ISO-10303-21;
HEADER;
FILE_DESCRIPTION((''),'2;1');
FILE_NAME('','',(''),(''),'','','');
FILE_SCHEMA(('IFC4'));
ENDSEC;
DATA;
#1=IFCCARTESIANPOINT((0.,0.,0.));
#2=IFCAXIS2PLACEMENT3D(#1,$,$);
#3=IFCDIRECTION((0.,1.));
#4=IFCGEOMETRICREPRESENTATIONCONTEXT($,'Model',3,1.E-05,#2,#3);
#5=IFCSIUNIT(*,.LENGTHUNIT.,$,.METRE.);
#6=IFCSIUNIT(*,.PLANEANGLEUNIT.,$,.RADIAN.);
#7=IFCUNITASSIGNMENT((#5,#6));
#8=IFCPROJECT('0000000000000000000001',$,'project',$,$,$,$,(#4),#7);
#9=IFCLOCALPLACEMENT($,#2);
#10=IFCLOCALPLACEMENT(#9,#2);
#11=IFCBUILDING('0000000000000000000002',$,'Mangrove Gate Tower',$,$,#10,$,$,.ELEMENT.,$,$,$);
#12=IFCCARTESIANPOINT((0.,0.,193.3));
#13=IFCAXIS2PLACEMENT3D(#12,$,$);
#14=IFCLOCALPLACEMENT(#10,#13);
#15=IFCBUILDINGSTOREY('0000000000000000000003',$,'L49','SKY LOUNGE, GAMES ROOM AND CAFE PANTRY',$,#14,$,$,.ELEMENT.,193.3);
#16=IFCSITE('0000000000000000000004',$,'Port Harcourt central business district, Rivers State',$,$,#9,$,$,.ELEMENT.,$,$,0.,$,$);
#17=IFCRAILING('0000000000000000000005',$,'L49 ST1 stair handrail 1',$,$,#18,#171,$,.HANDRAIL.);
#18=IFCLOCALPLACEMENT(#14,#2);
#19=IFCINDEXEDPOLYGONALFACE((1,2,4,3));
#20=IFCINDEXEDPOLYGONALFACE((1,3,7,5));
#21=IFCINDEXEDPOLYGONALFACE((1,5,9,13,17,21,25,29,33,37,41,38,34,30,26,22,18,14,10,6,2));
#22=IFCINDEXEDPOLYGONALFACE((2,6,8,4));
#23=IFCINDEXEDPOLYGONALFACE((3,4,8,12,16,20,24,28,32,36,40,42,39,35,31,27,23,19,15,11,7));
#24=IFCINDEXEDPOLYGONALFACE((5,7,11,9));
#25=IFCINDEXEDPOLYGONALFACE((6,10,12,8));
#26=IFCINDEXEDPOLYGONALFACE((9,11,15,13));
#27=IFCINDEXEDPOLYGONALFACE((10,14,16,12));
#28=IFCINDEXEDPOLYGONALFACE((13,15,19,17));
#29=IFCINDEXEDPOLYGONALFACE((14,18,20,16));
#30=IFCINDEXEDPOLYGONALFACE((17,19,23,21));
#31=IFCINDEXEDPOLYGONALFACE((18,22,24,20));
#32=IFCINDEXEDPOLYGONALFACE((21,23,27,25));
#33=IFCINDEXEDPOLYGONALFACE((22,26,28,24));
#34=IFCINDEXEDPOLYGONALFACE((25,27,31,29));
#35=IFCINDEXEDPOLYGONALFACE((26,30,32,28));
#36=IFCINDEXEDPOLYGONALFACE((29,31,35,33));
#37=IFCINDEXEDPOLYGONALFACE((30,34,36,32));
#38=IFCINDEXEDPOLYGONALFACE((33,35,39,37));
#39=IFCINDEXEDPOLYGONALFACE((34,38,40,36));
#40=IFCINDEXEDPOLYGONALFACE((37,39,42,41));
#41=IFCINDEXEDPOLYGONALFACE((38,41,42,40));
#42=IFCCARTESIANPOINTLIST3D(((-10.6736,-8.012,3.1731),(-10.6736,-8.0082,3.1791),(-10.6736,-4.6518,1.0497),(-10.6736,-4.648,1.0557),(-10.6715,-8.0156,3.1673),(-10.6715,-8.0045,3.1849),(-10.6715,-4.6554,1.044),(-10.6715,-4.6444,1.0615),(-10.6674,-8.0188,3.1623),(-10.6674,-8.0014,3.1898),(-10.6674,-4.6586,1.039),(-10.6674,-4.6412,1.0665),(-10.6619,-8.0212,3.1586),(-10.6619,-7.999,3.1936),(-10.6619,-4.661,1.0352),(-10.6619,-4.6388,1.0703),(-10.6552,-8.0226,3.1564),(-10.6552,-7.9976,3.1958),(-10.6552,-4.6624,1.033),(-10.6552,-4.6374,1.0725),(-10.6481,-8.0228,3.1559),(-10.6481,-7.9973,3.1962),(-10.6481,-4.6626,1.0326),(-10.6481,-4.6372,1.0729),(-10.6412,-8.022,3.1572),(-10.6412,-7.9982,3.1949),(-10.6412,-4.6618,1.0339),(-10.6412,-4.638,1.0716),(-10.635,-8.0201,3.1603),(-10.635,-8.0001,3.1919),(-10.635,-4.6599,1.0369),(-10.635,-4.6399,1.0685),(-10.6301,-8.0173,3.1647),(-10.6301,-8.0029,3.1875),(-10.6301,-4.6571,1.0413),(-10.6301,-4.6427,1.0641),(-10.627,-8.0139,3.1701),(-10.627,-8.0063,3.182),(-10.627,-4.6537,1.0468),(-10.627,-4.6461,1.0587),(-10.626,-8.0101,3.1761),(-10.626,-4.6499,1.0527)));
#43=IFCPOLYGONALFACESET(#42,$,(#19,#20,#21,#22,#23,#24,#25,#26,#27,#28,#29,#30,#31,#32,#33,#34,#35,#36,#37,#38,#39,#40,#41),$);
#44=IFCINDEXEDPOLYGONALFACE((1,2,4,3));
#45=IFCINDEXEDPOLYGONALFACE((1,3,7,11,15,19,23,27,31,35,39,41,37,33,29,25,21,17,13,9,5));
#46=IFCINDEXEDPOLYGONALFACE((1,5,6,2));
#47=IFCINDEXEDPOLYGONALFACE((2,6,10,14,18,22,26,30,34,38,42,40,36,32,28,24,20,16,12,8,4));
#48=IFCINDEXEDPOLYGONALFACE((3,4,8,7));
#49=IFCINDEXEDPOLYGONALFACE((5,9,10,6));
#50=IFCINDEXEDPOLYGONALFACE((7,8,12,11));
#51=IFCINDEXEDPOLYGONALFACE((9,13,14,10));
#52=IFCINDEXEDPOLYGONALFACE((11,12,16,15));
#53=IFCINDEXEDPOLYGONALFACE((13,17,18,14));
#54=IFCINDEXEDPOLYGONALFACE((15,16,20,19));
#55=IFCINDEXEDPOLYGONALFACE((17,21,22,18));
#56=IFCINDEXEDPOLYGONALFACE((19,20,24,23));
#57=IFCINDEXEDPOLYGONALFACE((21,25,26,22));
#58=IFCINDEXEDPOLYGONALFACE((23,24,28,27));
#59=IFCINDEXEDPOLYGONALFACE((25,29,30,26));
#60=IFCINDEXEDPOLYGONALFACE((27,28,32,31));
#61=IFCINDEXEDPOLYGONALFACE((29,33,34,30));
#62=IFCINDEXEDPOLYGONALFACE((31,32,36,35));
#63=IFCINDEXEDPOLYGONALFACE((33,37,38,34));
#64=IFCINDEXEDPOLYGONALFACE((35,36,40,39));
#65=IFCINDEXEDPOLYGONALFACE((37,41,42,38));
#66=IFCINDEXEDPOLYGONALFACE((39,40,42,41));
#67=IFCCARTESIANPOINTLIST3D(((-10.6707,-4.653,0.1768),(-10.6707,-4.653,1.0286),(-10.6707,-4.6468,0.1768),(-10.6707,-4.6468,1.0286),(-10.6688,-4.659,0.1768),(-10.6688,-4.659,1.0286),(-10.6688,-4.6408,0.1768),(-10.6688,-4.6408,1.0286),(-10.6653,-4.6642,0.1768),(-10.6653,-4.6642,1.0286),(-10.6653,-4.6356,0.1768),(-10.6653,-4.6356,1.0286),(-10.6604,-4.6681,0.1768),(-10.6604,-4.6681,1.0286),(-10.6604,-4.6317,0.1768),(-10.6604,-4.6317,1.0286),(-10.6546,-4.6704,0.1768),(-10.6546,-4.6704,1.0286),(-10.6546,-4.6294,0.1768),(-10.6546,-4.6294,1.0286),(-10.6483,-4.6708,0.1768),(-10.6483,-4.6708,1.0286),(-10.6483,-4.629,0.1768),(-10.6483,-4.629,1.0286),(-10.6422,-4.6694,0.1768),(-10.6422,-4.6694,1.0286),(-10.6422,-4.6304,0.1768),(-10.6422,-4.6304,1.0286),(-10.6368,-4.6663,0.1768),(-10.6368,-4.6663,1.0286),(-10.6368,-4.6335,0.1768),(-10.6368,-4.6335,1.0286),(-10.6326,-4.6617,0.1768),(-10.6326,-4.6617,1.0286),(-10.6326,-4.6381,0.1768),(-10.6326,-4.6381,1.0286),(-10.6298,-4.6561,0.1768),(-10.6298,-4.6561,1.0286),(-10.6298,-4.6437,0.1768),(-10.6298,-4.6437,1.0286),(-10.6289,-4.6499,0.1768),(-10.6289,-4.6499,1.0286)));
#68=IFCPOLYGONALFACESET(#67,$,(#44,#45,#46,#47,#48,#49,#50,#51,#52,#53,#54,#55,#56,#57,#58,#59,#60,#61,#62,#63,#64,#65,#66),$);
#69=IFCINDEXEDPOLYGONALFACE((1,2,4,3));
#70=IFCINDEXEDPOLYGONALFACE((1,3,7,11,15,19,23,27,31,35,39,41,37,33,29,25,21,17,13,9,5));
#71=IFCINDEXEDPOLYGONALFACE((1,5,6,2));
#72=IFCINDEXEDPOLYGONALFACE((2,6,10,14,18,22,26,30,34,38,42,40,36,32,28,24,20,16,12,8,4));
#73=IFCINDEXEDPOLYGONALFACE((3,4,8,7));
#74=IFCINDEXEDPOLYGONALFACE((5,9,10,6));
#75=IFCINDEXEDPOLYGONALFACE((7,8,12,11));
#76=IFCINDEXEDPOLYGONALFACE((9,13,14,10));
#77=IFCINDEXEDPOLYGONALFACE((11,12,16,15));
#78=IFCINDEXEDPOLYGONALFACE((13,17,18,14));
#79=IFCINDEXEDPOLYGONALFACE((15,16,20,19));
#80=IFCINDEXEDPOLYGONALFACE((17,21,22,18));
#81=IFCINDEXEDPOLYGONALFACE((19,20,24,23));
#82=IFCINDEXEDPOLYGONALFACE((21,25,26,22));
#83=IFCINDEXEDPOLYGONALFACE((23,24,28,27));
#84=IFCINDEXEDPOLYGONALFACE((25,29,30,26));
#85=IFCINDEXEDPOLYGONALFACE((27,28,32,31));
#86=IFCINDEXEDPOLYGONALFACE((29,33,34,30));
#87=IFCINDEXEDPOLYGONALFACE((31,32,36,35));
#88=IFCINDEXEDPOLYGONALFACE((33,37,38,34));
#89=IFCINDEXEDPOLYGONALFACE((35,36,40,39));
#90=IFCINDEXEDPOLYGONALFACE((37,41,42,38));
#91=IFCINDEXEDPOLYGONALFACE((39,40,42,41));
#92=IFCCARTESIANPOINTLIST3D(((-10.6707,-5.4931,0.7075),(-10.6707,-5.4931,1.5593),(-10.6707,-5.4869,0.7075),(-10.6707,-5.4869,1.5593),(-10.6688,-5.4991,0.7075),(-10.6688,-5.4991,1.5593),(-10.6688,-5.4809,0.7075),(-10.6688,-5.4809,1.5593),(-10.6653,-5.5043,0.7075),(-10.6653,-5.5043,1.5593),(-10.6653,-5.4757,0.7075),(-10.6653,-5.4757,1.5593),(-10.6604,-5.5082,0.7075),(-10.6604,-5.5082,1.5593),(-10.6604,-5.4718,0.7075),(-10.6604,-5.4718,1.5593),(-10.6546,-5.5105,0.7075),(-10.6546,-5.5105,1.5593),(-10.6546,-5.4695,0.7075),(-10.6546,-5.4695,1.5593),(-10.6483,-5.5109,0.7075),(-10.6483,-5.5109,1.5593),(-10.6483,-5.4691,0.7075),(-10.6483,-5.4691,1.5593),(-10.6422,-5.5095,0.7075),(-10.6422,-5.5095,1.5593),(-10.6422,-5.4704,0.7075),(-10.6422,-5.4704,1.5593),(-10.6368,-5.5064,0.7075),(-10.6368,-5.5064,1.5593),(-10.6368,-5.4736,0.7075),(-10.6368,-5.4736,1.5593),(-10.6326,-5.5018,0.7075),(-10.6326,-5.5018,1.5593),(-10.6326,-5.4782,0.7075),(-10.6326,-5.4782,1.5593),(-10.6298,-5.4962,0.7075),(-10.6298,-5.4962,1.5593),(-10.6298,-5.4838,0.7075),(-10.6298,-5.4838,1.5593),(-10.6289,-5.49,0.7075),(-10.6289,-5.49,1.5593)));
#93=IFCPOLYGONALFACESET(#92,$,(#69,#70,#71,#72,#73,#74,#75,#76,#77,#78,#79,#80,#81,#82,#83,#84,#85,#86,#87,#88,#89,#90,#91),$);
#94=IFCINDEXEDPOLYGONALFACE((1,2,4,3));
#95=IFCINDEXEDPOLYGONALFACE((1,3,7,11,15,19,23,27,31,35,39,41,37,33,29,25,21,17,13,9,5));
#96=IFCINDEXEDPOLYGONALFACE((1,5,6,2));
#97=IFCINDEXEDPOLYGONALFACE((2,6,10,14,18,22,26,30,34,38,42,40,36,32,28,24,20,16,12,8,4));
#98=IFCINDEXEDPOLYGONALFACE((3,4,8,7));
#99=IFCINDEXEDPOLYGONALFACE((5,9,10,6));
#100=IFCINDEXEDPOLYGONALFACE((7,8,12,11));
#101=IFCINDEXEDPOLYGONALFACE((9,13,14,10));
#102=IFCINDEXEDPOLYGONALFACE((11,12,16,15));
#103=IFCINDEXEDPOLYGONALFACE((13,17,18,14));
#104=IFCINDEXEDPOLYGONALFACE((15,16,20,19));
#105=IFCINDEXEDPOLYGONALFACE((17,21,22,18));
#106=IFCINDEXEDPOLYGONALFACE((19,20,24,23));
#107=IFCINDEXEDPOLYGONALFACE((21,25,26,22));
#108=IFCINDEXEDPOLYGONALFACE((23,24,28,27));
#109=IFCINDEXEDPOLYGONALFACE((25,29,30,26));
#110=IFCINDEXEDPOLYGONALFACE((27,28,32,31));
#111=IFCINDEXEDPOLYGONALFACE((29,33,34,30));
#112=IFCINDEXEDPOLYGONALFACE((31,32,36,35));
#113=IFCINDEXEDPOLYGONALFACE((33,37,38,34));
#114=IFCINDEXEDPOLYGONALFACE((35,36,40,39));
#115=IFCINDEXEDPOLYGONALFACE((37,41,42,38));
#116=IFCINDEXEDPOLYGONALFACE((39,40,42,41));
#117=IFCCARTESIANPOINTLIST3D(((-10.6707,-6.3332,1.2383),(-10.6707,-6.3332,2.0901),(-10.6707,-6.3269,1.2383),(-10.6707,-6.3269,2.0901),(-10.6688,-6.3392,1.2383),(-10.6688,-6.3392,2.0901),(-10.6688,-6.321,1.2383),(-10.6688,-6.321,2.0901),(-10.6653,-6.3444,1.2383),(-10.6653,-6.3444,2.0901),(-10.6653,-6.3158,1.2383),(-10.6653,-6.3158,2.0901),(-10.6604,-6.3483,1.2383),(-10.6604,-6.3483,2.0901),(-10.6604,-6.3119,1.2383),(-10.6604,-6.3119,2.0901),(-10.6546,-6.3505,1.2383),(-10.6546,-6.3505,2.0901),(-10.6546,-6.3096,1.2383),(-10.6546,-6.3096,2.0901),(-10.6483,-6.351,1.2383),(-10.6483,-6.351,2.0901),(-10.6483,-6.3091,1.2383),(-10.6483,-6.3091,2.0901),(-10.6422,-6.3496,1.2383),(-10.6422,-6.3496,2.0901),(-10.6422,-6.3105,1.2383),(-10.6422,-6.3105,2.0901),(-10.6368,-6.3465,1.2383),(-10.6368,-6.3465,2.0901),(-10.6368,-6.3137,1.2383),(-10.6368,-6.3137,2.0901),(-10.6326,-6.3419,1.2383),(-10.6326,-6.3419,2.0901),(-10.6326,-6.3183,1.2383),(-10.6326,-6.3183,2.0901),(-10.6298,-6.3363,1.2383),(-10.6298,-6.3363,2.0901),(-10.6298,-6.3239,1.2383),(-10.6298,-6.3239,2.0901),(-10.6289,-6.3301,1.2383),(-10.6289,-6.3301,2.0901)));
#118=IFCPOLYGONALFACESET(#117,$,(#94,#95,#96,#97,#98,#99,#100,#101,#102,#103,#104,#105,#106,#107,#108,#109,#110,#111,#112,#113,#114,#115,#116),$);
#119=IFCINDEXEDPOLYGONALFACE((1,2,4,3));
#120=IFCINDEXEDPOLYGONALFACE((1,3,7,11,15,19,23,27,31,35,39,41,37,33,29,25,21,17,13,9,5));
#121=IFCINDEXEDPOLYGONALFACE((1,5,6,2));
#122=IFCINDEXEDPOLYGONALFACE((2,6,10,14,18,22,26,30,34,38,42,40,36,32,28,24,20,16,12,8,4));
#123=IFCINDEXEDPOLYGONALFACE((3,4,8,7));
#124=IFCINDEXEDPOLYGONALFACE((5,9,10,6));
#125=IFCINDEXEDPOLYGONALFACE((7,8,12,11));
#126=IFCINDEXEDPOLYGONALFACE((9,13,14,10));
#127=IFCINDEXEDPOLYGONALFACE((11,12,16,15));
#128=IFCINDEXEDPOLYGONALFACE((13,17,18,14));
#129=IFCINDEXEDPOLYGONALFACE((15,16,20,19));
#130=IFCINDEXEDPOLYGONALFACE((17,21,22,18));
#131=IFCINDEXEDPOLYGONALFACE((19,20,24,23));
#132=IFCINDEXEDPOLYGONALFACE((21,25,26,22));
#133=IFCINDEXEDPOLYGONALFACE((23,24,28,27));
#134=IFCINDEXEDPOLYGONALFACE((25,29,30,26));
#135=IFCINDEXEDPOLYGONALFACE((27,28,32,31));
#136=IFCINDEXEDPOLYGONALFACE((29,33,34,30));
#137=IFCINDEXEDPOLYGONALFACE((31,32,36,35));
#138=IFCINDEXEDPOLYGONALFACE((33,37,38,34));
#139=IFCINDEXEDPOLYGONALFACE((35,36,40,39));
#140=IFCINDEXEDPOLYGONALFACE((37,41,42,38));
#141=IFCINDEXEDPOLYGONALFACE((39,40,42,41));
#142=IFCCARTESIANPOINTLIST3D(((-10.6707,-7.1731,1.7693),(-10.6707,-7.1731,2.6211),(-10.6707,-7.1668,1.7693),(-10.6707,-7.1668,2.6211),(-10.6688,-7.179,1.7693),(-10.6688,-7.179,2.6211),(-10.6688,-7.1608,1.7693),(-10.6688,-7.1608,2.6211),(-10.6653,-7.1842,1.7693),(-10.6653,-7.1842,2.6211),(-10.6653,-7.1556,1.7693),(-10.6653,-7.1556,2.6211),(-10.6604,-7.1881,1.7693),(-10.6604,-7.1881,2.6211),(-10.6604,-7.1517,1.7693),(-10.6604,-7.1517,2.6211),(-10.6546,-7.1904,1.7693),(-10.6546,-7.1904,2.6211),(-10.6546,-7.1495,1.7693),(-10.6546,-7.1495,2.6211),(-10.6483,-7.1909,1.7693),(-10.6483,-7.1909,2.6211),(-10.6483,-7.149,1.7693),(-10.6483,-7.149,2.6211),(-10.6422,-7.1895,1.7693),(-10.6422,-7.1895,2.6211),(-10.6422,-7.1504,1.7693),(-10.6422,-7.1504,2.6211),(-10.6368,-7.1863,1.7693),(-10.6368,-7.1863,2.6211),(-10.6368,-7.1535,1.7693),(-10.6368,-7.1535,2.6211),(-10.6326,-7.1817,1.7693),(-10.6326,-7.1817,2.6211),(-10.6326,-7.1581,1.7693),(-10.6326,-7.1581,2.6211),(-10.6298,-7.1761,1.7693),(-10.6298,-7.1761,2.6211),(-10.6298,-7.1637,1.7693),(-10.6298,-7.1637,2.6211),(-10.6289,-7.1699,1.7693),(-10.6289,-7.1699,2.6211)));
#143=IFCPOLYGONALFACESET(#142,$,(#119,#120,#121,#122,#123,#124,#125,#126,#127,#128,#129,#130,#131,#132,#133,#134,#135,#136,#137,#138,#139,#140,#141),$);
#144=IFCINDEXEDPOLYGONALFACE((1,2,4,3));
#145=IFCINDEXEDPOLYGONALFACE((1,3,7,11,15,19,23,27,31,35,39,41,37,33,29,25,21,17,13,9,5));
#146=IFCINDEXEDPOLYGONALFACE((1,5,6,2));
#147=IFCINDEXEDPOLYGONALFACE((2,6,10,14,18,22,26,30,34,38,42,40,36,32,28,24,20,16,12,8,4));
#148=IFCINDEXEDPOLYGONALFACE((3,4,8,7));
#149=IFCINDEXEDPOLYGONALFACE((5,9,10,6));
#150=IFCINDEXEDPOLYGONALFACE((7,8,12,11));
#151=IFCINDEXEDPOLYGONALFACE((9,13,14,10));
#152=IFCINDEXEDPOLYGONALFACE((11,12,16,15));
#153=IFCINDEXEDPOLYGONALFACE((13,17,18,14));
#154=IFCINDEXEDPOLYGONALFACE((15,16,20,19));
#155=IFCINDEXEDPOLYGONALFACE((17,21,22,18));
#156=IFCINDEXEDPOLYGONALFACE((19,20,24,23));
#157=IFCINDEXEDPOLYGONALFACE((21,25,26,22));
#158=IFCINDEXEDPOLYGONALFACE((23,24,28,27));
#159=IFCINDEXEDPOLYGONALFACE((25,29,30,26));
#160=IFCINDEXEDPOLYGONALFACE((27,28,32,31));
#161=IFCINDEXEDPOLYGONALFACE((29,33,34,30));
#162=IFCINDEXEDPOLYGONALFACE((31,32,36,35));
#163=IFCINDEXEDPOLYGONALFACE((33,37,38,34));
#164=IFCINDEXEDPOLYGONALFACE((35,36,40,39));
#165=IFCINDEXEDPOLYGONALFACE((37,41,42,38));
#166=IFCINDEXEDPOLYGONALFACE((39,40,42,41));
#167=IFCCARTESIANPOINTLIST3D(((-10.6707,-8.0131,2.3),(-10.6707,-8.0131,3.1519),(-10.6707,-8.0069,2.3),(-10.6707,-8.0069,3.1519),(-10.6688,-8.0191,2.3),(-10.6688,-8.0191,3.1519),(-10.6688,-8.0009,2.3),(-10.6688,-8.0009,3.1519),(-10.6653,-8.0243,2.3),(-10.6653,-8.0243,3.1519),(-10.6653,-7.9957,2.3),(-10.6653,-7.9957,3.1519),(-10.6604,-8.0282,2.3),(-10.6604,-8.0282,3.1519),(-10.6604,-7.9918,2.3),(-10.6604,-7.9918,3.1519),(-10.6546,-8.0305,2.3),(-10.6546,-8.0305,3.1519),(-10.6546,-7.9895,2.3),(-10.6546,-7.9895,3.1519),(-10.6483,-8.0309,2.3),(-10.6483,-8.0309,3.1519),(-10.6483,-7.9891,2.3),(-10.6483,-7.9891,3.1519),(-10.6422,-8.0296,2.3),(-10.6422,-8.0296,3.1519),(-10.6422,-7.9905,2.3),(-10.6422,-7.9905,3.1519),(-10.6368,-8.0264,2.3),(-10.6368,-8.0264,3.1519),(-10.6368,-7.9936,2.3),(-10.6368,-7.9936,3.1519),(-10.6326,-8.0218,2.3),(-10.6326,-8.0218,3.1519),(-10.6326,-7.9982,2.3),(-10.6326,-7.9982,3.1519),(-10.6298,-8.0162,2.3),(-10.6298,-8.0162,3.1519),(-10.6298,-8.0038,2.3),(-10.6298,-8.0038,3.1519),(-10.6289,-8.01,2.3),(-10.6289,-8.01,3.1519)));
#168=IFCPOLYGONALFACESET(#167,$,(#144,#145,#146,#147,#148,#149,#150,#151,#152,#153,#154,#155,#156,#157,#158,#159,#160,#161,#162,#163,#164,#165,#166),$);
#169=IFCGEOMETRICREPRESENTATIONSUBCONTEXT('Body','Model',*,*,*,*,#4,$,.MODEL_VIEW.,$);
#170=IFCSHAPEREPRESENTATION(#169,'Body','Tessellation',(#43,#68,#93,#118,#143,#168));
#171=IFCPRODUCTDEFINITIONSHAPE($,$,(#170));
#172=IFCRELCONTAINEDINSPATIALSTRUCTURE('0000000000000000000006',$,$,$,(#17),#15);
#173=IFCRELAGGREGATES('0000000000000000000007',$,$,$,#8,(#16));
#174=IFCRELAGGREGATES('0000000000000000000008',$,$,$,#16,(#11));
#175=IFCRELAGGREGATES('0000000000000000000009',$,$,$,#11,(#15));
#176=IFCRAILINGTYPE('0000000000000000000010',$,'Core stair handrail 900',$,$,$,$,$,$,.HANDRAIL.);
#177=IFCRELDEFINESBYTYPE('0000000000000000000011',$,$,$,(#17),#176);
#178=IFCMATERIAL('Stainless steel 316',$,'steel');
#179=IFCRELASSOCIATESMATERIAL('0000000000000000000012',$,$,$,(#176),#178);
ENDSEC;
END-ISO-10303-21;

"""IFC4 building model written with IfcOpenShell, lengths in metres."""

from ifc_helpers import new_model, si_unit, direction, frame, origin, origin_2d, place, context, subcontext, project, spatial, circle, extrude, material, type_object, element, save


model = new_model("IFC4")

# Units and contexts
model_context = context("Model", 3, precision=1e-05, world=origin(), true_north=direction((0.0, 1.0)))
body_context = subcontext(model_context, "Body", "Model", "MODEL_VIEW")
ifc_project = project(units=[si_unit("LENGTHUNIT", "METRE"), si_unit("PLANEANGLEUNIT", "RADIAN")], contexts=[model_context])

# Site, building, storey
site_placement = place(None, origin())
site = spatial("IfcSite", under=ifc_project, at=site_placement, Name="Port Harcourt central business district, Rivers State", CompositionType="ELEMENT", RefElevation=0.0)
building_placement = place(site_placement, origin())
building = spatial("IfcBuilding", under=site, at=building_placement, Name="Mangrove Gate Tower", CompositionType="ELEMENT")
storey_placement = place(building_placement, frame((0.0, 0.0, 193.3)))
storey = spatial("IfcBuildingStorey", under=building, at=storey_placement, Name="L49", Description="SKY LOUNGE, GAMES ROOM AND CAFE PANTRY", CompositionType="ELEMENT", Elevation=193.3)

# Railing
ifc_material_1 = material(Name="Stainless steel 316", Category="steel")
railing_type_1 = type_object("IfcRailingType", Name="Core stair handrail 900", PredefinedType="HANDRAIL", material=ifc_material_1)
railing_1_placement = place(storey_placement, frame((-10.6499, -4.6499, 0.1768)))
element("IfcRailing", 1, at=railing_1_placement, inside=storey, type_object=railing_type_1, Name="L49 ST1 stair handrail 1", PredefinedType="HANDRAIL", context=body_context, shape_type="SweptSolid", body=[
    extrude(circle(Radius=0.0239, at=origin_2d()), frame((0.0, 0.0, 0.876), z_axis=(0.0, -0.845362, 0.534194), x_axis=(1.0, 0.0, 0.0)), (0.0, 0.0, 1.0), 3.9749),
    extrude(circle(Radius=0.021, at=origin_2d()), origin(), (0.0, 0.0, 1.0), 0.8518),
    extrude(circle(Radius=0.021, at=origin_2d()), frame((0.0, -0.8401, 0.5308)), (0.0, 0.0, 1.0), 0.8518),
    extrude(circle(Radius=0.021, at=origin_2d()), frame((0.0, -1.6802, 1.0615)), (0.0, 0.0, 1.0), 0.8518),
    extrude(circle(Radius=0.021, at=origin_2d()), frame((0.0, -2.52, 1.5925)), (0.0, 0.0, 1.0), 0.8518),
    extrude(circle(Radius=0.021, at=origin_2d()), frame((0.0, -3.3601, 2.1233)), (0.0, 0.0, 1.0), 0.8518),
])

save(model, "model.ifc")
